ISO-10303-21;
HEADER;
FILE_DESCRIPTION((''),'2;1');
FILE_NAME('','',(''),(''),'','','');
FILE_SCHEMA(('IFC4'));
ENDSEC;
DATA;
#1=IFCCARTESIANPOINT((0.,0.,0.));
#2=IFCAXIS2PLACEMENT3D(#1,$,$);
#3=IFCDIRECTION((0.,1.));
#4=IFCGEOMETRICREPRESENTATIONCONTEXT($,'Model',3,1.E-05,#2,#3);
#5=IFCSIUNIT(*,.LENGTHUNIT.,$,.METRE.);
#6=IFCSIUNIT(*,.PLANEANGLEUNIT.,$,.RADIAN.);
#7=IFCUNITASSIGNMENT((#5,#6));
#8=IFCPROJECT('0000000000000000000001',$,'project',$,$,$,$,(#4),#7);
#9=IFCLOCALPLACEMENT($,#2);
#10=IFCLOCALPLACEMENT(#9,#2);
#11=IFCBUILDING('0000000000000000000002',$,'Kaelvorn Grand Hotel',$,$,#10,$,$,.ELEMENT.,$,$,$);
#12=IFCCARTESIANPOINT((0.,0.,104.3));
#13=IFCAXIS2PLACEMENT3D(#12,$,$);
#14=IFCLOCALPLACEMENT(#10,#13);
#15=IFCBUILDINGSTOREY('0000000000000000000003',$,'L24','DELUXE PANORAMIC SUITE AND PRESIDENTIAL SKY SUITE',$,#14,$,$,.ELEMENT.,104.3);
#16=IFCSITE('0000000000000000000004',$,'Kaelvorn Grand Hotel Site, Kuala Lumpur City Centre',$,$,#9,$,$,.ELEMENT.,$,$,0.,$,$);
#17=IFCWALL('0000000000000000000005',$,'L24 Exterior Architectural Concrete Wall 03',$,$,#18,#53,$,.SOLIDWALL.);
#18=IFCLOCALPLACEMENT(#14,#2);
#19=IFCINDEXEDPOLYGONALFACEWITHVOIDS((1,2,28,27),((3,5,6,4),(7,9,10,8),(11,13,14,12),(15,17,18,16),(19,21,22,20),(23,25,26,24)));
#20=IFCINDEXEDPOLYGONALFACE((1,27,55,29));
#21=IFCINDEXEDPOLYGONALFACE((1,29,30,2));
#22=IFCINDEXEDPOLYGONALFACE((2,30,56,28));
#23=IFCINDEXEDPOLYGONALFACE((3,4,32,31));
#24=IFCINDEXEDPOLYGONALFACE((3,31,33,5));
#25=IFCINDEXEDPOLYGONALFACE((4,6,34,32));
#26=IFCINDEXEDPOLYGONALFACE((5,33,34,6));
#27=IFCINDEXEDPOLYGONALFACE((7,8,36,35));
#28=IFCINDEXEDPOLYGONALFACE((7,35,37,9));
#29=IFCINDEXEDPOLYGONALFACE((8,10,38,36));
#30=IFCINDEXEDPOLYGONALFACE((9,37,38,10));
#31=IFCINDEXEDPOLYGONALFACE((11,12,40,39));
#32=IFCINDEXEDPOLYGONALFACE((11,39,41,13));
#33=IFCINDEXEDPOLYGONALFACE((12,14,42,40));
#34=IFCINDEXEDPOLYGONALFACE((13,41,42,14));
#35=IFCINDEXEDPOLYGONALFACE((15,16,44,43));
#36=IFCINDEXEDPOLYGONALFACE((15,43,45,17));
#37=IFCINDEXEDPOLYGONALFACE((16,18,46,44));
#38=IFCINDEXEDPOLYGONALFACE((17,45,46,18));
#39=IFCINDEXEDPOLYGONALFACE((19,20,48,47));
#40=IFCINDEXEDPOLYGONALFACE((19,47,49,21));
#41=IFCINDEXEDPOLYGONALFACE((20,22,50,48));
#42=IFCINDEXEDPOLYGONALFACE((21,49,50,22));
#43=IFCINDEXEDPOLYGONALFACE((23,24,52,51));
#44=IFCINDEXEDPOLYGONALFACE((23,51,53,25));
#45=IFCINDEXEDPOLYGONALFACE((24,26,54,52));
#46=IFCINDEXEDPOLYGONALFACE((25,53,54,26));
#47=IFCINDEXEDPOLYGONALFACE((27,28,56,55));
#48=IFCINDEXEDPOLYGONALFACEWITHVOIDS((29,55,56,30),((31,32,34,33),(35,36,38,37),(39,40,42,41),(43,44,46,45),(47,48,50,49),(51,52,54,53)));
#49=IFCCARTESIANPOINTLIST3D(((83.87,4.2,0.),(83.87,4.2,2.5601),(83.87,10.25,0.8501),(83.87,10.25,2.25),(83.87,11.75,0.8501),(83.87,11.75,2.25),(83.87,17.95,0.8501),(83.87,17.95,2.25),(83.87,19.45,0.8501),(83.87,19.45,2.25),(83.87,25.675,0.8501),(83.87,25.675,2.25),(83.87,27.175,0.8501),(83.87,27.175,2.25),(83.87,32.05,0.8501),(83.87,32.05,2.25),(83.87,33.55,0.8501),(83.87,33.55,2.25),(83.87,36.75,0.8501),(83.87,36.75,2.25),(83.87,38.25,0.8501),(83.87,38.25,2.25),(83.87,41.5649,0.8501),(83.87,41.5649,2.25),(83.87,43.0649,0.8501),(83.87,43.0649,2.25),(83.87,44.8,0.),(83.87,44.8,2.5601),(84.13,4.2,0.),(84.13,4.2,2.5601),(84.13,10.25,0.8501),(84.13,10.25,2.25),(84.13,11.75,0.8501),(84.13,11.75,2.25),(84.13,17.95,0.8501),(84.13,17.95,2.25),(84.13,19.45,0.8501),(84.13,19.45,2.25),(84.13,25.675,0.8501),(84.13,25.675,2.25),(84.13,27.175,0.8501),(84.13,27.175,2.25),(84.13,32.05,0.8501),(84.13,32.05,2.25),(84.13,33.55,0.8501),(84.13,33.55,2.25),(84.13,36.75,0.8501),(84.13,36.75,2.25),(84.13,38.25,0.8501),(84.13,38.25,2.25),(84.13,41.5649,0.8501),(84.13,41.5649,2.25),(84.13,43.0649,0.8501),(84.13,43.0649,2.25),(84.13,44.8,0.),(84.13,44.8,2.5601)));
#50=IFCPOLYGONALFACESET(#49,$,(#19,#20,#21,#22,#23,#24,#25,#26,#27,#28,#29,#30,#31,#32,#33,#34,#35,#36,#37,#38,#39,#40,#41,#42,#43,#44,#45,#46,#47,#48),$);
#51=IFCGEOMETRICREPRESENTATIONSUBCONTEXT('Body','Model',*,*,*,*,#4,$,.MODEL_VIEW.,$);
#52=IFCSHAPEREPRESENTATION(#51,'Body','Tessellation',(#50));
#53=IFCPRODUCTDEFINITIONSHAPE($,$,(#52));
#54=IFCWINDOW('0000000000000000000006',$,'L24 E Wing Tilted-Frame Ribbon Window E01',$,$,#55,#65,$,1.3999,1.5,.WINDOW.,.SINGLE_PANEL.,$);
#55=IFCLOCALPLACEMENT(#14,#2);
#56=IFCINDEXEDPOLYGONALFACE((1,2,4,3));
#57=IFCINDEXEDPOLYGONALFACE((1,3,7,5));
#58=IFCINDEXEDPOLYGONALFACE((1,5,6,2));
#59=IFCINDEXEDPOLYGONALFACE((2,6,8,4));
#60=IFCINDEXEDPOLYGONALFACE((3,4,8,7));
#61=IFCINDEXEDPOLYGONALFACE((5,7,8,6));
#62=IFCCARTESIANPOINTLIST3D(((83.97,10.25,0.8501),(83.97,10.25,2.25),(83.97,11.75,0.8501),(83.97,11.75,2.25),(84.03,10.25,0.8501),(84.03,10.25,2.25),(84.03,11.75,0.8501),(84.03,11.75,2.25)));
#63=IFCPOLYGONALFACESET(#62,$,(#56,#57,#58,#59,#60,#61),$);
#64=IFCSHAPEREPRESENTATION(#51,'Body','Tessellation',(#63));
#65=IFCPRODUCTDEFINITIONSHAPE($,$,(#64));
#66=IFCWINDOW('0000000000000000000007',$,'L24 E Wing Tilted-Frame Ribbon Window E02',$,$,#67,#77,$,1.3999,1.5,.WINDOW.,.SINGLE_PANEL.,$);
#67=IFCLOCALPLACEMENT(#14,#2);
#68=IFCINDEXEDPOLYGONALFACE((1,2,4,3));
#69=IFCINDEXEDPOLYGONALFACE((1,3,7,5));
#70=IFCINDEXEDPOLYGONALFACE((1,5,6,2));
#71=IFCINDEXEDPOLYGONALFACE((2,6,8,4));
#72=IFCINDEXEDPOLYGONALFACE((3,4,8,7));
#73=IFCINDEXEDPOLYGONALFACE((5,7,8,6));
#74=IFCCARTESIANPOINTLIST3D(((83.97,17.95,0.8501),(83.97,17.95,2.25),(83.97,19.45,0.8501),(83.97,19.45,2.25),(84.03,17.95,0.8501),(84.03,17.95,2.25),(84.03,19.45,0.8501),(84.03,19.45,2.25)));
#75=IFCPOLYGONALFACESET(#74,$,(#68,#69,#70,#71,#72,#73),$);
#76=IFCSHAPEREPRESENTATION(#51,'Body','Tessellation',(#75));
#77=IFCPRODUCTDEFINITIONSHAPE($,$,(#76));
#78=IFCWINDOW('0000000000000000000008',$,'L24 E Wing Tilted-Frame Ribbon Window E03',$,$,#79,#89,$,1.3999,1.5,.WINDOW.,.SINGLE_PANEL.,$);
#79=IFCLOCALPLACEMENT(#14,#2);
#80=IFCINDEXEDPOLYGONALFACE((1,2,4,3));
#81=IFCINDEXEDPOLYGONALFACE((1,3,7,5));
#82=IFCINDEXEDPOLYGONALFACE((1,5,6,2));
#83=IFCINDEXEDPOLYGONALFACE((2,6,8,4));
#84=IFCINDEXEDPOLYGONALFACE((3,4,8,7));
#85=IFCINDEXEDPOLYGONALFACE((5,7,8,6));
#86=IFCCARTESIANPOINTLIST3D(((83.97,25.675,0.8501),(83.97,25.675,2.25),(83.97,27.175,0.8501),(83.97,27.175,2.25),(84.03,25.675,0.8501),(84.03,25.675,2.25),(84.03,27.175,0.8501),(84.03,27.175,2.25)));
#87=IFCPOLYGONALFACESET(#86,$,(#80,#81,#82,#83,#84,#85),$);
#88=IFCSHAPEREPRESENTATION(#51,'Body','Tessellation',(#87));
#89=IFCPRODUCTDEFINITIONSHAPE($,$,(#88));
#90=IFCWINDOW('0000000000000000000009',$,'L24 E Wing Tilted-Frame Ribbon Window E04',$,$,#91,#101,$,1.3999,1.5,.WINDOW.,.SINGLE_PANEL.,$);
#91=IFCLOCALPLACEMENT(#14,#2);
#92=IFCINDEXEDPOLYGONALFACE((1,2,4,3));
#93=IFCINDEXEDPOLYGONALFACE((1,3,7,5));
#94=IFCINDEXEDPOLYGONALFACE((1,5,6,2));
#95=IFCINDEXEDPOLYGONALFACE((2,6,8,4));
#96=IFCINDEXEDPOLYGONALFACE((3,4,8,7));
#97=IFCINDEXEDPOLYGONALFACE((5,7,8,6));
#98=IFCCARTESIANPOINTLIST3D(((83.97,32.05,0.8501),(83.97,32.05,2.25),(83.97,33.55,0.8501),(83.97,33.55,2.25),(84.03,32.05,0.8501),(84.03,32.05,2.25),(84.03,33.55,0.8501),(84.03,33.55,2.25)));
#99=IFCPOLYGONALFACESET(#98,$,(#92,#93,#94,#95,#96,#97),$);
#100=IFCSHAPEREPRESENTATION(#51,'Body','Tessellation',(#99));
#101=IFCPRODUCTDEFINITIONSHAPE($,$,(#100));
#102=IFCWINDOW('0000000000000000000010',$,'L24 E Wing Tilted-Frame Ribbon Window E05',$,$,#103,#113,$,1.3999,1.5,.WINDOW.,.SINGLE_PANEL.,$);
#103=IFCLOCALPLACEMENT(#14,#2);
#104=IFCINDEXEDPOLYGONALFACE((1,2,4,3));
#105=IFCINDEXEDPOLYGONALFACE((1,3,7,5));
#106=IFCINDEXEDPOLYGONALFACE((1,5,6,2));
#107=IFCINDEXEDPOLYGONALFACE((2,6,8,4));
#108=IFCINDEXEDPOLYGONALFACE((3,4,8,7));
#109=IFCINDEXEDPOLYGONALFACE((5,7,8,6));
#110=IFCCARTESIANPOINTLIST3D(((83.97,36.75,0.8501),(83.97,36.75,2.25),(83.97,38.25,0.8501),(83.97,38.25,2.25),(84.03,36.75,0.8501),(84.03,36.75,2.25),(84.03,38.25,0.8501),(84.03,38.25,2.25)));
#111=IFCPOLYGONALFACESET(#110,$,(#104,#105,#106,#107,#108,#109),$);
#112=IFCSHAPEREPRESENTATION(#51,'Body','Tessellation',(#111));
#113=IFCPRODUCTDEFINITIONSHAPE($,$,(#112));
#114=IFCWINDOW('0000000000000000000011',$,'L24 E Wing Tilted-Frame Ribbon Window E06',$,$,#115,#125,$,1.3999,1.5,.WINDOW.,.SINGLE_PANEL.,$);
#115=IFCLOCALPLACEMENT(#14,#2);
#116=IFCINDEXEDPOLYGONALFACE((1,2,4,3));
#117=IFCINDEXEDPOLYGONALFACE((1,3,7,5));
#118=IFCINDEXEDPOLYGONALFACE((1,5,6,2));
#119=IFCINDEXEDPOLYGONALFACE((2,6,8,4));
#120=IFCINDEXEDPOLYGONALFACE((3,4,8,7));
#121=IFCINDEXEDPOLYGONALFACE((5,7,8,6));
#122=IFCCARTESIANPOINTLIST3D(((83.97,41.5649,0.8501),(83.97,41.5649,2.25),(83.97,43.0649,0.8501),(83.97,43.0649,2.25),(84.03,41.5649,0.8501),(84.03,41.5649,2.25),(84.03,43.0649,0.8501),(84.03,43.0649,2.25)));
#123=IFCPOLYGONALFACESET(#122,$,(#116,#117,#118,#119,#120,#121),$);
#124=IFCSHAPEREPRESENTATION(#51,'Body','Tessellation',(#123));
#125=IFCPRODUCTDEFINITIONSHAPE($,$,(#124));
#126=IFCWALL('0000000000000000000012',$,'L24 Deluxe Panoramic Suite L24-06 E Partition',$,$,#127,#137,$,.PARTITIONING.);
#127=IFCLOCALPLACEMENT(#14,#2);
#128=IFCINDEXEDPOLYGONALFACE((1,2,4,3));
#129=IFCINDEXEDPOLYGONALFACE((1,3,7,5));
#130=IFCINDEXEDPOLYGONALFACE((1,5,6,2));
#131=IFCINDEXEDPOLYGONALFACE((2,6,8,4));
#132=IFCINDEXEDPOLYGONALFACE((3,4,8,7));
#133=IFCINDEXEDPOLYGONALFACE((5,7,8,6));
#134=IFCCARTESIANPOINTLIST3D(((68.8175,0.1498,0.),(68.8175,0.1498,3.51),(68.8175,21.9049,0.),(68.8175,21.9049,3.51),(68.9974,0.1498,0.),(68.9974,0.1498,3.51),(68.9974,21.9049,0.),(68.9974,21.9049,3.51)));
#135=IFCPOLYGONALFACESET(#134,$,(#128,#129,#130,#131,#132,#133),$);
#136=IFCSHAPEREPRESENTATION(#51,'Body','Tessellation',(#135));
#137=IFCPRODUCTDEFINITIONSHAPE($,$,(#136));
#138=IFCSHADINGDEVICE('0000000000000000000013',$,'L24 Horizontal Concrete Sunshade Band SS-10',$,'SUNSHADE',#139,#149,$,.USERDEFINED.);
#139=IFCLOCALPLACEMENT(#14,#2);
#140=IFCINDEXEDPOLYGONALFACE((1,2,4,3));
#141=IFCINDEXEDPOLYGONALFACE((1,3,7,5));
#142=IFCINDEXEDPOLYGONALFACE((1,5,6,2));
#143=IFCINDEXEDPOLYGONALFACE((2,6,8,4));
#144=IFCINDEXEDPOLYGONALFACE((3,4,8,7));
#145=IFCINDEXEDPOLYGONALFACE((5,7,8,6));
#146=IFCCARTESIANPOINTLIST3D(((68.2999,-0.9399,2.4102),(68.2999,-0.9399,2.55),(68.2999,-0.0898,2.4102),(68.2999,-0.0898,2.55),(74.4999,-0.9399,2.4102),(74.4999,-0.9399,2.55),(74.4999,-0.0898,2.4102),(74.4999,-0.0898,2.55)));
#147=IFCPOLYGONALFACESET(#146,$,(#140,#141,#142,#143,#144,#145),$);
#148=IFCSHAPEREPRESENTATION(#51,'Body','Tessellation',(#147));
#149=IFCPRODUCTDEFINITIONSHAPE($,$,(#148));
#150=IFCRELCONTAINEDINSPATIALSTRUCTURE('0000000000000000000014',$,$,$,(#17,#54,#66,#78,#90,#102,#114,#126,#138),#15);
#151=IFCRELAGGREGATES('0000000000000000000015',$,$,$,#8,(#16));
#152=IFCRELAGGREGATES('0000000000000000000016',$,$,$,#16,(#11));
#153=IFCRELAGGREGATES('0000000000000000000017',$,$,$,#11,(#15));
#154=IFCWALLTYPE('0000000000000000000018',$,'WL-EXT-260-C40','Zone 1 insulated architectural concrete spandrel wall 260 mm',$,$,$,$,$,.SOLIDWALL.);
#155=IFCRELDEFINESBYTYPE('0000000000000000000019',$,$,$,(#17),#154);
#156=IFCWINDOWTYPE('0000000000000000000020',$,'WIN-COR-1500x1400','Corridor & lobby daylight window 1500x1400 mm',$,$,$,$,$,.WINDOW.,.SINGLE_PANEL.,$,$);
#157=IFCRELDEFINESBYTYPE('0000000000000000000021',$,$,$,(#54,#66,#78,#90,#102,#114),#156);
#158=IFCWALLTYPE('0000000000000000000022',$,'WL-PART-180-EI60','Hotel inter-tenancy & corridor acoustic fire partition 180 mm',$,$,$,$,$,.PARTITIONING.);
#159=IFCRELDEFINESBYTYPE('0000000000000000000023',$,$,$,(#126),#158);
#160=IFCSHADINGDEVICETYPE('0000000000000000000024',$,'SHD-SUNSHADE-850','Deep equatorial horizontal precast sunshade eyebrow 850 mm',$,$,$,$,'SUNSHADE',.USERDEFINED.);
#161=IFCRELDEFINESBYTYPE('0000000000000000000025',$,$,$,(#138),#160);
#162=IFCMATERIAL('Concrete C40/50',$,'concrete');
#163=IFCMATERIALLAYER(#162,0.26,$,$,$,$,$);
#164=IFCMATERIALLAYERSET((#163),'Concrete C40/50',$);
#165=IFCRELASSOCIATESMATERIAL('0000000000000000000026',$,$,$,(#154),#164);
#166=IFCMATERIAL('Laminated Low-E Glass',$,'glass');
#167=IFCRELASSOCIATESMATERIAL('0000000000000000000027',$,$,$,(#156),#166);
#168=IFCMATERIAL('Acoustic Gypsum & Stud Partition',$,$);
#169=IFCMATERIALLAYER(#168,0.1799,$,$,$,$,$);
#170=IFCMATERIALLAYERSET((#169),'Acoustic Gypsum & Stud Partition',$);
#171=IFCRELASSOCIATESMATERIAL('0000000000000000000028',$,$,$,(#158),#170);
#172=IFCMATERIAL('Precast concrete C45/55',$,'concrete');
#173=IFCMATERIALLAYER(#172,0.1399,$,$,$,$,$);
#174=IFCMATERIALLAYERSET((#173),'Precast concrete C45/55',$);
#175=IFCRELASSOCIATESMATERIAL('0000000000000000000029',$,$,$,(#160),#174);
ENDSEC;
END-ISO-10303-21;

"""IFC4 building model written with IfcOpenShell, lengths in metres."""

from ifc_helpers import new_model, si_unit, direction, frame, frame_2d, origin, origin_2d, place, context, subcontext, project, spatial, rectangle, extrude, material, layer, layer_set, type_object, element, fill, save


model = new_model("IFC4")

# Units and contexts
model_context = context("Model", 3, precision=1e-05, world=origin(), true_north=direction((0.0, 1.0)))
body_context = subcontext(model_context, "Body", "Model", "MODEL_VIEW")
ifc_project = project(units=[si_unit("LENGTHUNIT", "METRE"), si_unit("PLANEANGLEUNIT", "RADIAN")], contexts=[model_context])

# Site, building, storey
site_placement = place(None, origin())
site = spatial("IfcSite", under=ifc_project, at=site_placement, Name="Kaelvorn Grand Hotel Site, Kuala Lumpur City Centre", CompositionType="ELEMENT", RefElevation=0.0)
building_placement = place(site_placement, origin())
building = spatial("IfcBuilding", under=site, at=building_placement, Name="Kaelvorn Grand Hotel", CompositionType="ELEMENT")
storey_placement = place(building_placement, frame((0.0, 0.0, 104.3)))
storey = spatial("IfcBuildingStorey", under=building, at=storey_placement, Name="L24", Description="DELUXE PANORAMIC SUITE AND PRESIDENTIAL SKY SUITE", CompositionType="ELEMENT", Elevation=104.3)

# Shared definitions
ifc_material_1 = material(Name="Concrete C40/50", Category="concrete")

# Shared definitions
ifc_material_2 = material(Name="Precast concrete C45/55", Category="concrete")

# Shared definitions
ifc_layer_1 = layer(ifc_material_1, 0.26)
ifc_layer_set_1 = layer_set([ifc_layer_1], Name="Concrete C40/50")
wall_type_1 = type_object("IfcWallType", Name="WL-EXT-260-C40", Description="Zone 1 insulated architectural concrete spandrel wall 260 mm", PredefinedType="SOLIDWALL", material=ifc_layer_set_1)

# Wall, openings, windows
wall_1_placement = place(storey_placement, frame((84.0, 4.2, 0.0), z_axis=(0.0, 0.0, 1.0), x_axis=(0.0, 1.0, 0.0)))
wall_1 = element("IfcWall", 1, at=wall_1_placement, inside=storey, type_object=wall_type_1, Name="L24 Exterior Architectural Concrete Wall 03", PredefinedType="SOLIDWALL", context=body_context, shape_type="SweptSolid", body=[
    extrude(rectangle(XDim=40.6001, YDim=0.26, at=frame_2d((20.3, 0.0))), origin(), (0.0, 0.0, 1.0), 2.5601),
])
opening_1_placement = place(wall_1_placement, frame((6.05, 0.0, 0.8501)))
opening_1 = element("IfcOpeningElement", 2, at=opening_1_placement, cuts=wall_1, PredefinedType="OPENING", context=body_context, shape_type="SweptSolid", body=[
    extrude(rectangle(XDim=1.5, YDim=1.3999, at=frame_2d((0.75, 0.7))), frame((0.0, 0.1401, 0.0), z_axis=(0.0, -1.0, 0.0), x_axis=(1.0, 0.0, 0.0)), (0.0, 0.0, 1.0), 0.28),
])
opening_2_placement = place(wall_1_placement, frame((13.75, 0.0, 0.8501)))
opening_2 = element("IfcOpeningElement", 3, at=opening_2_placement, cuts=wall_1, PredefinedType="OPENING", context=body_context, shape_type="SweptSolid", body=[
    extrude(rectangle(XDim=1.5, YDim=1.3999, at=frame_2d((0.75, 0.7))), frame((0.0, 0.1401, 0.0), z_axis=(0.0, -1.0, 0.0), x_axis=(1.0, 0.0, 0.0)), (0.0, 0.0, 1.0), 0.28),
])
opening_3_placement = place(wall_1_placement, frame((21.4751, 0.0, 0.8501)))
opening_3 = element("IfcOpeningElement", 4, at=opening_3_placement, cuts=wall_1, PredefinedType="OPENING", context=body_context, shape_type="SweptSolid", body=[
    extrude(rectangle(XDim=1.5, YDim=1.3999, at=frame_2d((0.75, 0.7))), frame((0.0, 0.1401, 0.0), z_axis=(0.0, -1.0, 0.0), x_axis=(1.0, 0.0, 0.0)), (0.0, 0.0, 1.0), 0.28),
])
opening_4_placement = place(wall_1_placement, frame((27.8501, 0.0, 0.8501)))
opening_4 = element("IfcOpeningElement", 5, at=opening_4_placement, cuts=wall_1, PredefinedType="OPENING", context=body_context, shape_type="SweptSolid", body=[
    extrude(rectangle(XDim=1.5, YDim=1.3999, at=frame_2d((0.75, 0.7))), frame((0.0, 0.1401, 0.0), z_axis=(0.0, -1.0, 0.0), x_axis=(1.0, 0.0, 0.0)), (0.0, 0.0, 1.0), 0.28),
])
opening_5_placement = place(wall_1_placement, frame((32.55, 0.0, 0.8501)))
opening_5 = element("IfcOpeningElement", 6, at=opening_5_placement, cuts=wall_1, PredefinedType="OPENING", context=body_context, shape_type="SweptSolid", body=[
    extrude(rectangle(XDim=1.5, YDim=1.3999, at=frame_2d((0.75, 0.7))), frame((0.0, 0.1401, 0.0), z_axis=(0.0, -1.0, 0.0), x_axis=(1.0, 0.0, 0.0)), (0.0, 0.0, 1.0), 0.28),
])
opening_6_placement = place(wall_1_placement, frame((37.365, 0.0, 0.8501)))
opening_6 = element("IfcOpeningElement", 7, at=opening_6_placement, cuts=wall_1, PredefinedType="OPENING", context=body_context, shape_type="SweptSolid", body=[
    extrude(rectangle(XDim=1.5, YDim=1.3999, at=frame_2d((0.75, 0.7))), frame((0.0, 0.1401, 0.0), z_axis=(0.0, -1.0, 0.0), x_axis=(1.0, 0.0, 0.0)), (0.0, 0.0, 1.0), 0.28),
])
ifc_material_3 = material(Name="Laminated Low-E Glass", Category="glass")
window_type = type_object("IfcWindowType", Name="WIN-COR-1500x1400", Description="Corridor & lobby daylight window 1500x1400 mm", PartitioningType="SINGLE_PANEL", PredefinedType="WINDOW", material=ifc_material_3)
window_1_placement = place(opening_1_placement, origin())
window_1 = element("IfcWindow", 8, at=window_1_placement, inside=storey, type_object=window_type, Name="L24 E Wing Tilted-Frame Ribbon Window E01", OverallHeight=1.3999, OverallWidth=1.5, PartitioningType="SINGLE_PANEL", PredefinedType="WINDOW", context=body_context, shape_type="SweptSolid", body=[
    extrude(rectangle(XDim=1.5, YDim=1.3999, at=frame_2d((0.75, 0.7))), frame((0.0, 0.03, 0.0), z_axis=(0.0, -1.0, 0.0), x_axis=(1.0, 0.0, 0.0)), (0.0, 0.0, 1.0), 0.0601),
])
fill(opening_1, window_1)
window_2_placement = place(opening_2_placement, origin())
window_2 = element("IfcWindow", 9, at=window_2_placement, inside=storey, type_object=window_type, Name="L24 E Wing Tilted-Frame Ribbon Window E02", OverallHeight=1.3999, OverallWidth=1.5, PartitioningType="SINGLE_PANEL", PredefinedType="WINDOW", context=body_context, shape_type="SweptSolid", body=[
    extrude(rectangle(XDim=1.5, YDim=1.3999, at=frame_2d((0.75, 0.7))), frame((0.0, 0.03, 0.0), z_axis=(0.0, -1.0, 0.0), x_axis=(1.0, 0.0, 0.0)), (0.0, 0.0, 1.0), 0.0601),
])
fill(opening_2, window_2)
window_3_placement = place(opening_3_placement, origin())
window_3 = element("IfcWindow", 10, at=window_3_placement, inside=storey, type_object=window_type, Name="L24 E Wing Tilted-Frame Ribbon Window E03", OverallHeight=1.3999, OverallWidth=1.5, PartitioningType="SINGLE_PANEL", PredefinedType="WINDOW", context=body_context, shape_type="SweptSolid", body=[
    extrude(rectangle(XDim=1.5, YDim=1.3999, at=frame_2d((0.75, 0.7))), frame((0.0, 0.03, 0.0), z_axis=(0.0, -1.0, 0.0), x_axis=(1.0, 0.0, 0.0)), (0.0, 0.0, 1.0), 0.0601),
])
fill(opening_3, window_3)
window_4_placement = place(opening_4_placement, origin())
window_4 = element("IfcWindow", 11, at=window_4_placement, inside=storey, type_object=window_type, Name="L24 E Wing Tilted-Frame Ribbon Window E04", OverallHeight=1.3999, OverallWidth=1.5, PartitioningType="SINGLE_PANEL", PredefinedType="WINDOW", context=body_context, shape_type="SweptSolid", body=[
    extrude(rectangle(XDim=1.5, YDim=1.3999, at=frame_2d((0.75, 0.7))), frame((0.0, 0.03, 0.0), z_axis=(0.0, -1.0, 0.0), x_axis=(1.0, 0.0, 0.0)), (0.0, 0.0, 1.0), 0.0601),
])
fill(opening_4, window_4)
window_5_placement = place(opening_5_placement, origin())
window_5 = element("IfcWindow", 12, at=window_5_placement, inside=storey, type_object=window_type, Name="L24 E Wing Tilted-Frame Ribbon Window E05", OverallHeight=1.3999, OverallWidth=1.5, PartitioningType="SINGLE_PANEL", PredefinedType="WINDOW", context=body_context, shape_type="SweptSolid", body=[
    extrude(rectangle(XDim=1.5, YDim=1.3999, at=frame_2d((0.75, 0.7))), frame((0.0, 0.03, 0.0), z_axis=(0.0, -1.0, 0.0), x_axis=(1.0, 0.0, 0.0)), (0.0, 0.0, 1.0), 0.0601),
])
fill(opening_5, window_5)
window_6_placement = place(opening_6_placement, origin())
window_6 = element("IfcWindow", 13, at=window_6_placement, inside=storey, type_object=window_type, Name="L24 E Wing Tilted-Frame Ribbon Window E06", OverallHeight=1.3999, OverallWidth=1.5, PartitioningType="SINGLE_PANEL", PredefinedType="WINDOW", context=body_context, shape_type="SweptSolid", body=[
    extrude(rectangle(XDim=1.5, YDim=1.3999, at=frame_2d((0.75, 0.7))), frame((0.0, 0.03, 0.0), z_axis=(0.0, -1.0, 0.0), x_axis=(1.0, 0.0, 0.0)), (0.0, 0.0, 1.0), 0.0601),
])
fill(opening_6, window_6)

# Wall
ifc_material_4 = material(Name="Acoustic Gypsum & Stud Partition")
ifc_layer_2 = layer(ifc_material_4, 0.1799)
ifc_layer_set_2 = layer_set([ifc_layer_2], Name="Acoustic Gypsum & Stud Partition")
wall_type_2 = type_object("IfcWallType", Name="WL-PART-180-EI60", Description="Hotel inter-tenancy & corridor acoustic fire partition 180 mm", PredefinedType="PARTITIONING", material=ifc_layer_set_2)
wall_2_placement = place(storey_placement, frame((68.9075, 0.1499, 0.0), z_axis=(0.0, 0.0, 1.0), x_axis=(0.0, 1.0, 0.0)))
element("IfcWall", 14, at=wall_2_placement, inside=storey, type_object=wall_type_2, Name="L24 Deluxe Panoramic Suite L24-06 E Partition", PredefinedType="PARTITIONING", context=body_context, shape_type="SweptSolid", body=[
    extrude(rectangle(XDim=21.7551, YDim=0.1799, at=frame_2d((10.8774, 0.0))), origin(), (0.0, 0.0, 1.0), 3.51),
])

# Shading device
ifc_layer_3 = layer(ifc_material_2, 0.1399)
ifc_layer_set_3 = layer_set([ifc_layer_3], Name="Precast concrete C45/55")
shading_device_type = type_object("IfcShadingDeviceType", Name="SHD-SUNSHADE-850", Description="Deep equatorial horizontal precast sunshade eyebrow 850 mm", ElementType="SUNSHADE", PredefinedType="USERDEFINED", material=ifc_layer_set_3)
shading_device_placement = place(storey_placement, frame((71.3999, -0.5149, 2.4102), z_axis=(0.0, 0.0, 1.0), x_axis=(1.0, 0.0, 0.0)))
element("IfcShadingDevice", 15, at=shading_device_placement, inside=storey, type_object=shading_device_type, Name="L24 Horizontal Concrete Sunshade Band SS-10", ObjectType="SUNSHADE", PredefinedType="USERDEFINED", context=body_context, shape_type="SweptSolid", body=[
    extrude(rectangle(XDim=6.2, YDim=0.8501, at=origin_2d()), origin(), (0.0, 0.0, 1.0), 0.1399),
])

save(model, "model.ifc")
